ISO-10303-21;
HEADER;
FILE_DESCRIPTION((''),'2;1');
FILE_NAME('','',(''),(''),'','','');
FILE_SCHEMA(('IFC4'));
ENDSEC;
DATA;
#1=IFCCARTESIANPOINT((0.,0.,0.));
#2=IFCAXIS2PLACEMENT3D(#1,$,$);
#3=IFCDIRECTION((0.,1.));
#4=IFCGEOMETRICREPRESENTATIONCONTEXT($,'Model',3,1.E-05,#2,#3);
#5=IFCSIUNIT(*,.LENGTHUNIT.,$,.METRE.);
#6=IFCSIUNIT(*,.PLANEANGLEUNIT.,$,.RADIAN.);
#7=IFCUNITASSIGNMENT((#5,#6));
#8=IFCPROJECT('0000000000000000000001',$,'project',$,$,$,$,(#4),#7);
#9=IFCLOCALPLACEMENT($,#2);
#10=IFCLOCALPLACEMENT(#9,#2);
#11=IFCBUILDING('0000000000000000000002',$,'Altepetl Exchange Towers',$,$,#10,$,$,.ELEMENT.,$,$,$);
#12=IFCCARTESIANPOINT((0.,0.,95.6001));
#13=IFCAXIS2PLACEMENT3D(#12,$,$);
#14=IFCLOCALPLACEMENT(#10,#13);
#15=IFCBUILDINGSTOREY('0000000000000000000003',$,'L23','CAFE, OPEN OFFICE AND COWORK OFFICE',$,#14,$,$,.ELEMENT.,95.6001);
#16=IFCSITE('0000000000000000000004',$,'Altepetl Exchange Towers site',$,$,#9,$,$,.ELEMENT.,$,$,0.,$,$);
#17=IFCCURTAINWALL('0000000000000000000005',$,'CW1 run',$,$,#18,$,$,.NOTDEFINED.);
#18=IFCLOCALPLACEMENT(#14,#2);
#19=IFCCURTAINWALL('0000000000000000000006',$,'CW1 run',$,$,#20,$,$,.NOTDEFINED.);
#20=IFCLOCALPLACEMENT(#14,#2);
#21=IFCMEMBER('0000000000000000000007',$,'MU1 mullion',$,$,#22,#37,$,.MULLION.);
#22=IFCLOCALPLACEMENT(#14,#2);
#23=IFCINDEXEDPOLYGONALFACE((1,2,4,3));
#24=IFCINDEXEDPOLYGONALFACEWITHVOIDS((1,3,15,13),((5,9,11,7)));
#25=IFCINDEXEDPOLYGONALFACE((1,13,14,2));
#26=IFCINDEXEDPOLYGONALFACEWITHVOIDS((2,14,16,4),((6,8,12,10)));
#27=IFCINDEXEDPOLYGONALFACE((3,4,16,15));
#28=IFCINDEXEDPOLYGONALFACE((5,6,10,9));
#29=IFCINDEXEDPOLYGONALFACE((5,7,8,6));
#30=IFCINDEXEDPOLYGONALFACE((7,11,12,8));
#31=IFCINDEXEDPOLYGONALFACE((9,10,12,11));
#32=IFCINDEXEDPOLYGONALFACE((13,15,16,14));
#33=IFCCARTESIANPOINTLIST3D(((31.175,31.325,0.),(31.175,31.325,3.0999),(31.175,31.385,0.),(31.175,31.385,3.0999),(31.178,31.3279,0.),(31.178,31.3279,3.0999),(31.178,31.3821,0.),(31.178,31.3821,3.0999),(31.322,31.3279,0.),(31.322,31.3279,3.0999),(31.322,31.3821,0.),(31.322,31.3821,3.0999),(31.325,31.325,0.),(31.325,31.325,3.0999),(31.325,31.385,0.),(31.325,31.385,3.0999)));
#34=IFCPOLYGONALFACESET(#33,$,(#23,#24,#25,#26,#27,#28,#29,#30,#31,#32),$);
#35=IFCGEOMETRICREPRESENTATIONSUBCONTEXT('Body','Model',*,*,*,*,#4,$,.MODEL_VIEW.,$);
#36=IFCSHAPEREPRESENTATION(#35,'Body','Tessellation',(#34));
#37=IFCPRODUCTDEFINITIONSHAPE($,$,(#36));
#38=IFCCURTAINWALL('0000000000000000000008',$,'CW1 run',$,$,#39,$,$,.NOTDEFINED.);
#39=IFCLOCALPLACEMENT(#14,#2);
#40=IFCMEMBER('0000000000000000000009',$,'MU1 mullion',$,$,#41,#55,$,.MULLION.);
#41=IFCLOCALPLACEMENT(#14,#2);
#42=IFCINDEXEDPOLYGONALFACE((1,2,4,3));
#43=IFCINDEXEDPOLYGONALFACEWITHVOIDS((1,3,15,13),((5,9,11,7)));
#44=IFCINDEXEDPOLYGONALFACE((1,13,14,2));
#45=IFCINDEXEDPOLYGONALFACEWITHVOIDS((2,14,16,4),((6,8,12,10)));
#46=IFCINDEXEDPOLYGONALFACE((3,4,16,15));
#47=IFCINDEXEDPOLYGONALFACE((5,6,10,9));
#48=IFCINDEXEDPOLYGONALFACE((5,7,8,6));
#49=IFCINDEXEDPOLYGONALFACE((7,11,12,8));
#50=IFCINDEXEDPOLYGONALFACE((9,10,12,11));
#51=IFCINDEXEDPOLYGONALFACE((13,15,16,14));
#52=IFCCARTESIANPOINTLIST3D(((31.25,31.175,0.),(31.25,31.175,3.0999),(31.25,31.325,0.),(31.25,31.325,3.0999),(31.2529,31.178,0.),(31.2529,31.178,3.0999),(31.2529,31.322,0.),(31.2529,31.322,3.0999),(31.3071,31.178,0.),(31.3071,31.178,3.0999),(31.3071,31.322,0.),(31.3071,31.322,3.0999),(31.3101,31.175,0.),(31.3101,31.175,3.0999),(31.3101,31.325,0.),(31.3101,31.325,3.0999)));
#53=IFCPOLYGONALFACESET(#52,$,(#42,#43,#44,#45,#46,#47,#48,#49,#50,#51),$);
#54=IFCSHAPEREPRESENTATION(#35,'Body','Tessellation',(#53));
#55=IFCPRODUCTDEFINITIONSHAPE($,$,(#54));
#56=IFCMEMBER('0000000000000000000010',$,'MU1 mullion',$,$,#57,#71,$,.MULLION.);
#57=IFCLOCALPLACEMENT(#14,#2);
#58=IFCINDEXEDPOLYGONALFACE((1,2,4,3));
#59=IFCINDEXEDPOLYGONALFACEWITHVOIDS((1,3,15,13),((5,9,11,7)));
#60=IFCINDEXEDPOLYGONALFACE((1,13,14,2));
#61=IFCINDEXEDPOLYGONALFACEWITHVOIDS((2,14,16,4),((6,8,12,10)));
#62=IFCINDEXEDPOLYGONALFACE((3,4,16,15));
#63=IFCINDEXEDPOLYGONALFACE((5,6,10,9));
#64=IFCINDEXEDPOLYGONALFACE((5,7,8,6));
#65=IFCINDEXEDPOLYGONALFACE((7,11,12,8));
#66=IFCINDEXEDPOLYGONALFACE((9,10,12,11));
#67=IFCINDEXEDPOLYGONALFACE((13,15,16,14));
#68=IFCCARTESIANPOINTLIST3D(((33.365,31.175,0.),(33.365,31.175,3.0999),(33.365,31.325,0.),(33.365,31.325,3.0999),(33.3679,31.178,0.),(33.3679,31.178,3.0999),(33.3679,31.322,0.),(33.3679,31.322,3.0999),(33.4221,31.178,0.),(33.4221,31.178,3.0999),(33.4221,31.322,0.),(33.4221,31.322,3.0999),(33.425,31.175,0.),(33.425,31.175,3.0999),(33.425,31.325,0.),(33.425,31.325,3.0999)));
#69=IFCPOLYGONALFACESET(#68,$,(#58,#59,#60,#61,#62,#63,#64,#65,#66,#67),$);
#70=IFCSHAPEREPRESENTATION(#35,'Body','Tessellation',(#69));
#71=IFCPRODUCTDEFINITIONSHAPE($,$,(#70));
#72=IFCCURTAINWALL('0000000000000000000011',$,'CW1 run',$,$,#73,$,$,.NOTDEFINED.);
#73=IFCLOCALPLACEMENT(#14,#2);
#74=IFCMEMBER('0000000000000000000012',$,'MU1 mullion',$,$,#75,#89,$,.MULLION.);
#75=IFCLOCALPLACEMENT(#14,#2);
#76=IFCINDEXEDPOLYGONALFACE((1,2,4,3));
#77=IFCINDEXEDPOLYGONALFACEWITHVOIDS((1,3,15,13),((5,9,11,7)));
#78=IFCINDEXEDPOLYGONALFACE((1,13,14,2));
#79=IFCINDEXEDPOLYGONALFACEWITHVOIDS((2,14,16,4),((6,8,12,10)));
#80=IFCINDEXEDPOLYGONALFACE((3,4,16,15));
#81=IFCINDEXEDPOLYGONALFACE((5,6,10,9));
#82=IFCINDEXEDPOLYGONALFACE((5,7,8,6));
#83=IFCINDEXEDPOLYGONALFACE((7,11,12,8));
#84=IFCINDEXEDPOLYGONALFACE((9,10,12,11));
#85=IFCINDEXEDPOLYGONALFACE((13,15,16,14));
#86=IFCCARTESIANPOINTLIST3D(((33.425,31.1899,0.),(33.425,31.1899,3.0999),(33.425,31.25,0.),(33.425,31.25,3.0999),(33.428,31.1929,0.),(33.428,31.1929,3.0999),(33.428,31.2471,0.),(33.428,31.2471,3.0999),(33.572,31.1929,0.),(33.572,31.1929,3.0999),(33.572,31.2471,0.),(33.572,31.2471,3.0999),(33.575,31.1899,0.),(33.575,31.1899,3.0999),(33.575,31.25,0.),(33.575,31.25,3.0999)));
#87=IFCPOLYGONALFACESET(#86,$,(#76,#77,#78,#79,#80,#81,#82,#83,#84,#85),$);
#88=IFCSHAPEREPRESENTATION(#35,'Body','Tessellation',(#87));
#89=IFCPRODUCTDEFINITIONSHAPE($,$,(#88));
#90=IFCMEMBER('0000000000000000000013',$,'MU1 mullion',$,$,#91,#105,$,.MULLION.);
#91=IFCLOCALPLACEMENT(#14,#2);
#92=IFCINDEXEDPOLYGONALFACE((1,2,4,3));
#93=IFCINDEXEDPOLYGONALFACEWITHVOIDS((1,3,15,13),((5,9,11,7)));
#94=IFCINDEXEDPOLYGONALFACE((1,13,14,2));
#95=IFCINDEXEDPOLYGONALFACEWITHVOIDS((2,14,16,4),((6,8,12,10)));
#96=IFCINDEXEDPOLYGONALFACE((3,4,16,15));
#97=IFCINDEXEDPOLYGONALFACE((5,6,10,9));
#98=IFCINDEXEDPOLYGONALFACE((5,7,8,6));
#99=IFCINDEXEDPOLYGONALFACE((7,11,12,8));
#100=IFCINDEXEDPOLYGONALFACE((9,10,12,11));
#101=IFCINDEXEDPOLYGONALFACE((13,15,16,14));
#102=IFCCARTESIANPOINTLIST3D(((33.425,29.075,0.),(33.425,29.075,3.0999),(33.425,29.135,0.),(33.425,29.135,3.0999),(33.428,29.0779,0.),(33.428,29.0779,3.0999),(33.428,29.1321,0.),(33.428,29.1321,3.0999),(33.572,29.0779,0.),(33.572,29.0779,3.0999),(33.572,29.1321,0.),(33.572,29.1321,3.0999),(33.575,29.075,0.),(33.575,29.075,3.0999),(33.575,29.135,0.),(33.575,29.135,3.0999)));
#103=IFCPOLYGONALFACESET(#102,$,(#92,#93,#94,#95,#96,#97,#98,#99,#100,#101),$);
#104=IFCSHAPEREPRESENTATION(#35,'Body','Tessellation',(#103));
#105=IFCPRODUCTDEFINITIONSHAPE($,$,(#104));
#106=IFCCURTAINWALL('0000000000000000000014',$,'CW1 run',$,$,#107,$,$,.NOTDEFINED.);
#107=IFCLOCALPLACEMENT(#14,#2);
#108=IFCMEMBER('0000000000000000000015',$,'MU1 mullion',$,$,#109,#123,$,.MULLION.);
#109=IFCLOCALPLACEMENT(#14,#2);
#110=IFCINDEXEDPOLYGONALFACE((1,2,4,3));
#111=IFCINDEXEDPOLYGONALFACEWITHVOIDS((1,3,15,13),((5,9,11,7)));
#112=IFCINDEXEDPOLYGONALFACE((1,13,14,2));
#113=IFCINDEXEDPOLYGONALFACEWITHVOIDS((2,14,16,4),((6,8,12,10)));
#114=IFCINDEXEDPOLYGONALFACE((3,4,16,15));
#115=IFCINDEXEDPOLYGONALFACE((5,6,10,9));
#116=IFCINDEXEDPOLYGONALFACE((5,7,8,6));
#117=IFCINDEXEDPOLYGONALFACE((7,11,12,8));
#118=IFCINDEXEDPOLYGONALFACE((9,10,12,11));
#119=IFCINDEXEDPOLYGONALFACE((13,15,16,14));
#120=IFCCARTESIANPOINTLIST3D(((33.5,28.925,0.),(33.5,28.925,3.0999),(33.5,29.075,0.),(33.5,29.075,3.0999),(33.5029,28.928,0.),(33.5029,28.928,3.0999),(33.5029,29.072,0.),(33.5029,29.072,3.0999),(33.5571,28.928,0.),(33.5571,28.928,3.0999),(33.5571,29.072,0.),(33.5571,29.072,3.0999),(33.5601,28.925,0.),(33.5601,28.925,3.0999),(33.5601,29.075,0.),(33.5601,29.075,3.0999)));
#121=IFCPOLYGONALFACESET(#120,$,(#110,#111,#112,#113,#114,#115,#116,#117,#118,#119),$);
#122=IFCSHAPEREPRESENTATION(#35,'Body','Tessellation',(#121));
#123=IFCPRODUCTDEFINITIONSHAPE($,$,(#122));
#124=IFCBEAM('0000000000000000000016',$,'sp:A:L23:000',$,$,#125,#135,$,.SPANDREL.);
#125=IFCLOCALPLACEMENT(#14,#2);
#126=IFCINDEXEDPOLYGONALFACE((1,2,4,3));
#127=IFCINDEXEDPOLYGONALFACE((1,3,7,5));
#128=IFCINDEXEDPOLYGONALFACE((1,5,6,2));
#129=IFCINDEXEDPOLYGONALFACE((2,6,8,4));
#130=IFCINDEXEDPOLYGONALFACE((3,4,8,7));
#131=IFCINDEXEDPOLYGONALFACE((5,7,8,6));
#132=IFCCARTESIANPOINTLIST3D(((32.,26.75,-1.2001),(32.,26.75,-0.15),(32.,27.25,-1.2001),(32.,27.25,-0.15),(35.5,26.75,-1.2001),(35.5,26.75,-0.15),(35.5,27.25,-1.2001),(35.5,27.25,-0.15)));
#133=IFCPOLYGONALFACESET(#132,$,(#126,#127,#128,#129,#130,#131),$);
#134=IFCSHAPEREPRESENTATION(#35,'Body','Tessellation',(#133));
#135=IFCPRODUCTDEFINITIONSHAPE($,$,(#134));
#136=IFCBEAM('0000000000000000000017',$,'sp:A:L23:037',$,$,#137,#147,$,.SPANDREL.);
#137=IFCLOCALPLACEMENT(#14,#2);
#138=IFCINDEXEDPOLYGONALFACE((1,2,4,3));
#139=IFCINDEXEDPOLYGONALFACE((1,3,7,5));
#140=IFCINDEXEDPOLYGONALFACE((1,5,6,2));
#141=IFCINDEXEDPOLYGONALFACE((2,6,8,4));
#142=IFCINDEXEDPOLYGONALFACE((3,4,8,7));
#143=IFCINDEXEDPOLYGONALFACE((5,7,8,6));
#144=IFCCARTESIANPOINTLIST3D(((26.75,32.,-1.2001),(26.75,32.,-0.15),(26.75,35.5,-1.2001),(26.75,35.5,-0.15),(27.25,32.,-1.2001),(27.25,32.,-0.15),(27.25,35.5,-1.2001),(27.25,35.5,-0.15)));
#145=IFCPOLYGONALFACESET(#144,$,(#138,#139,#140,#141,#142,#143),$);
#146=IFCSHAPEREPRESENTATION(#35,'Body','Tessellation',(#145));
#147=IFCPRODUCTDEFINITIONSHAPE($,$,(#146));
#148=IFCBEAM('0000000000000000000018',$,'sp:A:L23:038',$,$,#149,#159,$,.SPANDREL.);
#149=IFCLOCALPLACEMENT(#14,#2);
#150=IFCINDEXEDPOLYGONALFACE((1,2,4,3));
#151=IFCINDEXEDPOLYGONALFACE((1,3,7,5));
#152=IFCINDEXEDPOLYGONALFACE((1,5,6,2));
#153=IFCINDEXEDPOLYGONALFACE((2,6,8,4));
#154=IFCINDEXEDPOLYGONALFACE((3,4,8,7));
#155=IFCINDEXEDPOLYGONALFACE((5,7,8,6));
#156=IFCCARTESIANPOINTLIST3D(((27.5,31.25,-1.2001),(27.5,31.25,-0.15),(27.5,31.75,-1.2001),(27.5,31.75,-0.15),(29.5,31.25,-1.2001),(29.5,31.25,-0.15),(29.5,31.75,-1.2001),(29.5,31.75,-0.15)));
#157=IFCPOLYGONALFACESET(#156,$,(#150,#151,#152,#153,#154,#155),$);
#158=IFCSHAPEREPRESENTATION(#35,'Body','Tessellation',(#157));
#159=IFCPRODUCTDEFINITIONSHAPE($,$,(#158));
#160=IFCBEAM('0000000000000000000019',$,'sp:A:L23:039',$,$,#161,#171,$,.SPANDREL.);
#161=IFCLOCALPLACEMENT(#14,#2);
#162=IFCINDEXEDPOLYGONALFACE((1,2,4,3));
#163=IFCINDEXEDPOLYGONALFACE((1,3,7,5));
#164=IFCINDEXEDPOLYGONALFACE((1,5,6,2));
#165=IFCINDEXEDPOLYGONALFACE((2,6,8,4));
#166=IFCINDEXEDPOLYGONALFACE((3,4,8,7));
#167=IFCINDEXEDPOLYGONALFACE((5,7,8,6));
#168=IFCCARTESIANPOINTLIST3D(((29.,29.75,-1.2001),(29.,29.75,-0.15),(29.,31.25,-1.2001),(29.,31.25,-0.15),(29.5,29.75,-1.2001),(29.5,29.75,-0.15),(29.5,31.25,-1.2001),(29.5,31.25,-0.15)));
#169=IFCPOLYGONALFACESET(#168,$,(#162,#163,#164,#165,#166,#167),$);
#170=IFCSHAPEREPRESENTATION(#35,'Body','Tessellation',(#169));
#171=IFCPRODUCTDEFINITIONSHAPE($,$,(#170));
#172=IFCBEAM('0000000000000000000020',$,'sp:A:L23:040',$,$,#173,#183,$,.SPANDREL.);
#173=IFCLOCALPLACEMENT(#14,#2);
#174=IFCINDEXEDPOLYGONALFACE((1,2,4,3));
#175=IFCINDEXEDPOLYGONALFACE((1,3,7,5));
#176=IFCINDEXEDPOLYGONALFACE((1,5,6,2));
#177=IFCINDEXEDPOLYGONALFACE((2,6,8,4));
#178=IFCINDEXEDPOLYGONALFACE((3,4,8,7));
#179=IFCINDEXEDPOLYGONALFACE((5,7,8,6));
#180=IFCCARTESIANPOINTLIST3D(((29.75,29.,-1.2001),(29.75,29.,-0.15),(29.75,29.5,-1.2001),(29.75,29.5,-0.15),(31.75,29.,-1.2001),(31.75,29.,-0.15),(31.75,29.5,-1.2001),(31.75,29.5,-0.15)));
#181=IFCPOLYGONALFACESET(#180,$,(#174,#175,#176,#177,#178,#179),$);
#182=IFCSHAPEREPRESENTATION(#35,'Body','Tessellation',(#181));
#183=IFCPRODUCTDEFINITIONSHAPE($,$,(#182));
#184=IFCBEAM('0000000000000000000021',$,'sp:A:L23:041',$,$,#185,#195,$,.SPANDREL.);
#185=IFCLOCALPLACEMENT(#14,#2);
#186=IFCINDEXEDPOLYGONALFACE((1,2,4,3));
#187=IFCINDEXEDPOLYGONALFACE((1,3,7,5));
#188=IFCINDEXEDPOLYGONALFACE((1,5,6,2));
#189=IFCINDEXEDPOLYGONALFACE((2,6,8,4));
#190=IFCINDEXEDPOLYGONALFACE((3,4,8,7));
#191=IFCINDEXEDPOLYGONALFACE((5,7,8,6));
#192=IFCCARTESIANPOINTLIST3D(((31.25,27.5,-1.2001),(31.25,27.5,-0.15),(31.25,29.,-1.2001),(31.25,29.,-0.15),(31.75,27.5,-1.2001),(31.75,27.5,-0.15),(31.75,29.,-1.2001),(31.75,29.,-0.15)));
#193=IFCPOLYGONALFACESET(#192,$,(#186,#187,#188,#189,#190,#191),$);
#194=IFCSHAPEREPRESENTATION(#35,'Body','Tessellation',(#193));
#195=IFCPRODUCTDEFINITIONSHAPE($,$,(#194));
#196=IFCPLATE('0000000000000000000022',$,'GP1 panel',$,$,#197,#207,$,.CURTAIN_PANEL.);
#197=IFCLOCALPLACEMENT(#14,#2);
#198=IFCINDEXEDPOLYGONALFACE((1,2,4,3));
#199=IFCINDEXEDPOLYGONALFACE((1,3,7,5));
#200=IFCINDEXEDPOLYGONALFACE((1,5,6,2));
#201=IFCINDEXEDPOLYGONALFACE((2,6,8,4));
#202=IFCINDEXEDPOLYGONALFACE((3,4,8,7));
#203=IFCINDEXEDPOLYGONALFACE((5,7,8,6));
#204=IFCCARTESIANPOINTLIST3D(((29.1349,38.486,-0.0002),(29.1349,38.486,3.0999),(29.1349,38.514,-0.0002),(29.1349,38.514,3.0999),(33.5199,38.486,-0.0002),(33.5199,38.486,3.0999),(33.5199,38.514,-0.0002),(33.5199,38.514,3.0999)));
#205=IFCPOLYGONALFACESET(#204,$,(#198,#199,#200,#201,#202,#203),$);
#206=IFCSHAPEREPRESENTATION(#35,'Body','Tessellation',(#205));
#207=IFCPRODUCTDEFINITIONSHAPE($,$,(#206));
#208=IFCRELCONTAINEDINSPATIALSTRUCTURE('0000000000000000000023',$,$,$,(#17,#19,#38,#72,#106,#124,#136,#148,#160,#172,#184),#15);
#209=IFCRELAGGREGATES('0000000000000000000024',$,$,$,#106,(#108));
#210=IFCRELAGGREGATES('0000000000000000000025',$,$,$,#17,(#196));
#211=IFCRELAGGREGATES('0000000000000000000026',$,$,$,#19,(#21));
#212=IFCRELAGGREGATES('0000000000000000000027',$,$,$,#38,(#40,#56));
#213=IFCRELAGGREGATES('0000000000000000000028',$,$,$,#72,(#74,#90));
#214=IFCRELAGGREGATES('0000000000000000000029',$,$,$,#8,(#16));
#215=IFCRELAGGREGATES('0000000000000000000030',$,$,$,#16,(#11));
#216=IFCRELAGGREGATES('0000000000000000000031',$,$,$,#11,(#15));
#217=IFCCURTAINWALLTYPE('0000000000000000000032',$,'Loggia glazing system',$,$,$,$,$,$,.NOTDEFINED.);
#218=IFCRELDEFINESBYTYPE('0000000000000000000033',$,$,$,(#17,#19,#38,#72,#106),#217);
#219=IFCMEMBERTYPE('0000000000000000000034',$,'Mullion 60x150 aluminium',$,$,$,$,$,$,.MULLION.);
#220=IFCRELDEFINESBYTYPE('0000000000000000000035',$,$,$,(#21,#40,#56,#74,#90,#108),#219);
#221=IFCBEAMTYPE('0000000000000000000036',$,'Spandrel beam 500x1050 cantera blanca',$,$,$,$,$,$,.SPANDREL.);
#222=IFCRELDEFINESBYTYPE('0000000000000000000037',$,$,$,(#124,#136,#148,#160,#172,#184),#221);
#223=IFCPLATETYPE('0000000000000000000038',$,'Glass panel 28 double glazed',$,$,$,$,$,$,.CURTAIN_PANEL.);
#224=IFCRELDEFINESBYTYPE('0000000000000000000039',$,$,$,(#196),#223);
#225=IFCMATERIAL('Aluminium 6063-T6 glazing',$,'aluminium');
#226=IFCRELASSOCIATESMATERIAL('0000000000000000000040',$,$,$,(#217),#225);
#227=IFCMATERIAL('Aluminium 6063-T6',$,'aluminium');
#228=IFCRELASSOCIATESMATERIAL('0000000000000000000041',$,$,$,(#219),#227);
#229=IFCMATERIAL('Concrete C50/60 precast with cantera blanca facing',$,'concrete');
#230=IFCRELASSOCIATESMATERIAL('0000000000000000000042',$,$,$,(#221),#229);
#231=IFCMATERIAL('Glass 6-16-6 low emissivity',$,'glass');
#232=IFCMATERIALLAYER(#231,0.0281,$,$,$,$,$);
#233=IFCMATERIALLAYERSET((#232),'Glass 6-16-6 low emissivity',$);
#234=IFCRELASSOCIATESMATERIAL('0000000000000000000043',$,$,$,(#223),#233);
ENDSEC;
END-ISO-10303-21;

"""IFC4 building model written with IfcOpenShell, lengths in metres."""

from ifc_helpers import new_model, si_unit, direction, frame, origin, origin_2d, place, context, subcontext, project, spatial, rectangle, hollow_rectangle, extrude, material, layer, layer_set, material_profile, profile_set, type_object, element, aggregate, save


model = new_model("IFC4")

# Units and contexts
model_context = context("Model", 3, precision=1e-05, world=origin(), true_north=direction((0.0, 1.0)))
body_context = subcontext(model_context, "Body", "Model", "MODEL_VIEW")
ifc_project = project(units=[si_unit("LENGTHUNIT", "METRE"), si_unit("PLANEANGLEUNIT", "RADIAN")], contexts=[model_context])

# Site, building, storey
site_placement = place(None, origin())
site = spatial("IfcSite", under=ifc_project, at=site_placement, Name="Altepetl Exchange Towers site", CompositionType="ELEMENT", RefElevation=0.0)
building_placement = place(site_placement, origin())
building = spatial("IfcBuilding", under=site, at=building_placement, Name="Altepetl Exchange Towers", CompositionType="ELEMENT")
storey_placement = place(building_placement, frame((0.0, 0.0, 95.6001)))
storey = spatial("IfcBuildingStorey", under=building, at=storey_placement, Name="L23", Description="CAFE, OPEN OFFICE AND COWORK OFFICE", CompositionType="ELEMENT", Elevation=95.6001)

# Curtain walls, members
ifc_material_1 = material(Name="Aluminium 6063-T6 glazing", Category="aluminium")
curtain_wall_type = type_object("IfcCurtainWallType", Name="Loggia glazing system", PredefinedType="NOTDEFINED", material=ifc_material_1)
curtain_wall_1_placement = place(storey_placement, origin())
curtain_wall_1 = element("IfcCurtainWall", 1, at=curtain_wall_1_placement, inside=storey, type_object=curtain_wall_type, Name="CW1 run", PredefinedType="NOTDEFINED")
ifc_material_2 = material(Name="Aluminium 6063-T6", Category="aluminium")
ifc_material_profile_1 = material_profile(ifc_material_2, hollow_rectangle(XDim=0.0601, YDim=0.1499, WallThickness=0.0029, at=origin_2d()), Name="Mullion 60x150 aluminium")
ifc_profile_set_1 = profile_set([ifc_material_profile_1], Name="Aluminium 6063-T6")
member_type = type_object("IfcMemberType", Name="Mullion 60x150 aluminium", PredefinedType="MULLION", material=ifc_profile_set_1)
curtain_wall_2_placement = place(storey_placement, origin())
curtain_wall_2 = element("IfcCurtainWall", 2, at=curtain_wall_2_placement, inside=storey, type_object=curtain_wall_type, Name="CW1 run", PredefinedType="NOTDEFINED")
member_1_placement = place(storey_placement, frame((31.25, 31.355, 0.0), z_axis=(0.0, 0.0, 1.0), x_axis=(0.0, -1.0, 0.0)))
member_1 = element("IfcMember", 3, at=member_1_placement, type_object=member_type, Name="MU1 mullion", PredefinedType="MULLION", context=body_context, shape_type="SweptSolid", body=[
    extrude(hollow_rectangle(XDim=0.0601, YDim=0.1499, WallThickness=0.0029, at=origin_2d()), origin(), (0.0, 0.0, 1.0), 3.0999),
])
curtain_wall_3_placement = place(storey_placement, origin())
curtain_wall_3 = element("IfcCurtainWall", 4, at=curtain_wall_3_placement, inside=storey, type_object=curtain_wall_type, Name="CW1 run", PredefinedType="NOTDEFINED")
member_2_placement = place(storey_placement, frame((31.28, 31.25, 0.0)))
member_2 = element("IfcMember", 5, at=member_2_placement, type_object=member_type, Name="MU1 mullion", PredefinedType="MULLION", context=body_context, shape_type="SweptSolid", body=[
    extrude(hollow_rectangle(XDim=0.0601, YDim=0.1499, WallThickness=0.0029, at=origin_2d()), origin(), (0.0, 0.0, 1.0), 3.0999),
])
member_3_placement = place(storey_placement, frame((33.395, 31.25, 0.0)))
member_3 = element("IfcMember", 6, at=member_3_placement, type_object=member_type, Name="MU1 mullion", PredefinedType="MULLION", context=body_context, shape_type="SweptSolid", body=[
    extrude(hollow_rectangle(XDim=0.0601, YDim=0.1499, WallThickness=0.0029, at=origin_2d()), origin(), (0.0, 0.0, 1.0), 3.0999),
])
curtain_wall_4_placement = place(storey_placement, origin())
curtain_wall_4 = element("IfcCurtainWall", 7, at=curtain_wall_4_placement, inside=storey, type_object=curtain_wall_type, Name="CW1 run", PredefinedType="NOTDEFINED")
member_4_placement = place(storey_placement, frame((33.5, 31.22, 0.0), z_axis=(0.0, 0.0, 1.0), x_axis=(0.0, -1.0, 0.0)))
member_4 = element("IfcMember", 8, at=member_4_placement, type_object=member_type, Name="MU1 mullion", PredefinedType="MULLION", context=body_context, shape_type="SweptSolid", body=[
    extrude(hollow_rectangle(XDim=0.0601, YDim=0.1499, WallThickness=0.0029, at=origin_2d()), origin(), (0.0, 0.0, 1.0), 3.0999),
])
member_5_placement = place(storey_placement, frame((33.5, 29.105, 0.0), z_axis=(0.0, 0.0, 1.0), x_axis=(0.0, -1.0, 0.0)))
member_5 = element("IfcMember", 9, at=member_5_placement, type_object=member_type, Name="MU1 mullion", PredefinedType="MULLION", context=body_context, shape_type="SweptSolid", body=[
    extrude(hollow_rectangle(XDim=0.0601, YDim=0.1499, WallThickness=0.0029, at=origin_2d()), origin(), (0.0, 0.0, 1.0), 3.0999),
])

# Curtain wall, member
curtain_wall_5_placement = place(storey_placement, origin())
curtain_wall_5 = element("IfcCurtainWall", 10, at=curtain_wall_5_placement, inside=storey, type_object=curtain_wall_type, Name="CW1 run", PredefinedType="NOTDEFINED")
member_6_placement = place(storey_placement, frame((33.53, 29.0, 0.0)))
member_6 = element("IfcMember", 11, at=member_6_placement, type_object=member_type, Name="MU1 mullion", PredefinedType="MULLION", context=body_context, shape_type="SweptSolid", body=[
    extrude(hollow_rectangle(XDim=0.0601, YDim=0.1499, WallThickness=0.0029, at=origin_2d()), origin(), (0.0, 0.0, 1.0), 3.0999),
])
aggregate(curtain_wall_5, [member_6])

# Beams
ifc_material_3 = material(Name="Concrete C50/60 precast with cantera blanca facing", Category="concrete")
ifc_material_profile_2 = material_profile(ifc_material_3, rectangle(XDim=0.5, YDim=1.05, at=origin_2d()), Name="500 x 1050")
ifc_profile_set_2 = profile_set([ifc_material_profile_2], Name="Concrete C50/60 precast with cantera blanca facing")
beam_type_1 = type_object("IfcBeamType", Name="Spandrel beam 500x1050 cantera blanca", PredefinedType="SPANDREL", material=ifc_profile_set_2)
for number, where, z_axis, x_axis, name in (
    (12, (32.0, 27.0, -0.675), (1.0, 0.0, 0.0), (0.0, 1.0, 0.0), "sp:A:L23:000"),
    (13, (27.0, 35.5, -0.675), (0.0, -1.0, 0.0), (1.0, 0.0, 0.0), "sp:A:L23:037"),
):
    element("IfcBeam", number, at=place(storey_placement, frame(where, z_axis=z_axis, x_axis=x_axis)), inside=storey, type_object=beam_type_1, Name=name, PredefinedType="SPANDREL", context=body_context, shape_type="SweptSolid", body=[
        extrude(rectangle(XDim=0.5, YDim=1.05, at=origin_2d()), origin(), (0.0, 0.0, 1.0), 3.5),
    ])
beam_1_placement = place(storey_placement, frame((27.5, 31.5, -0.675), z_axis=(1.0, 0.0, 0.0), x_axis=(0.0, 1.0, 0.0)))
element("IfcBeam", 14, at=beam_1_placement, inside=storey, type_object=beam_type_1, Name="sp:A:L23:038", PredefinedType="SPANDREL", context=body_context, shape_type="SweptSolid", body=[
    extrude(rectangle(XDim=0.5, YDim=1.05, at=origin_2d()), origin(), (0.0, 0.0, 1.0), 2.0),
])
beam_2_placement = place(storey_placement, frame((29.25, 31.25, -0.675), z_axis=(0.0, -1.0, 0.0), x_axis=(1.0, 0.0, 0.0)))
element("IfcBeam", 15, at=beam_2_placement, inside=storey, type_object=beam_type_1, Name="sp:A:L23:039", PredefinedType="SPANDREL", context=body_context, shape_type="SweptSolid", body=[
    extrude(rectangle(XDim=0.5, YDim=1.05, at=origin_2d()), origin(), (0.0, 0.0, 1.0), 1.5),
])
beam_3_placement = place(storey_placement, frame((29.75, 29.25, -0.675), z_axis=(1.0, 0.0, 0.0), x_axis=(0.0, 1.0, 0.0)))
element("IfcBeam", 16, at=beam_3_placement, inside=storey, type_object=beam_type_1, Name="sp:A:L23:040", PredefinedType="SPANDREL", context=body_context, shape_type="SweptSolid", body=[
    extrude(rectangle(XDim=0.5, YDim=1.05, at=origin_2d()), origin(), (0.0, 0.0, 1.0), 2.0),
])
beam_4_placement = place(storey_placement, frame((31.5, 29.0, -0.675), z_axis=(0.0, -1.0, 0.0), x_axis=(1.0, 0.0, 0.0)))
element("IfcBeam", 17, at=beam_4_placement, inside=storey, type_object=beam_type_1, Name="sp:A:L23:041", PredefinedType="SPANDREL", context=body_context, shape_type="SweptSolid", body=[
    extrude(rectangle(XDim=0.5, YDim=1.05, at=origin_2d()), origin(), (0.0, 0.0, 1.0), 1.5),
])

# Plate
ifc_material_4 = material(Name="Glass 6-16-6 low emissivity", Category="glass")
ifc_layer_1 = layer(ifc_material_4, 0.0281)
ifc_layer_set_1 = layer_set([ifc_layer_1], Name="Glass 6-16-6 low emissivity")
plate_type = type_object("IfcPlateType", Name="Glass panel 28 double glazed", PredefinedType="CURTAIN_PANEL", material=ifc_layer_set_1)
plate_1_placement = place(storey_placement, frame((31.3274, 38.5, -0.0002), z_axis=(0.0, 0.0, 1.0), x_axis=(-1.0, 0.0, 0.0)))
plate_1 = element("IfcPlate", 18, at=plate_1_placement, type_object=plate_type, Name="GP1 panel", PredefinedType="CURTAIN_PANEL", context=body_context, shape_type="SweptSolid", body=[
    extrude(rectangle(XDim=4.385, YDim=0.0281, at=origin_2d()), origin(), (0.0, 0.0, 1.0), 3.1001),
])
aggregate(curtain_wall_1, [plate_1])
aggregate(curtain_wall_2, [member_1])
aggregate(curtain_wall_3, [member_2, member_3])
aggregate(curtain_wall_4, [member_4, member_5])

save(model, "model.ifc")
